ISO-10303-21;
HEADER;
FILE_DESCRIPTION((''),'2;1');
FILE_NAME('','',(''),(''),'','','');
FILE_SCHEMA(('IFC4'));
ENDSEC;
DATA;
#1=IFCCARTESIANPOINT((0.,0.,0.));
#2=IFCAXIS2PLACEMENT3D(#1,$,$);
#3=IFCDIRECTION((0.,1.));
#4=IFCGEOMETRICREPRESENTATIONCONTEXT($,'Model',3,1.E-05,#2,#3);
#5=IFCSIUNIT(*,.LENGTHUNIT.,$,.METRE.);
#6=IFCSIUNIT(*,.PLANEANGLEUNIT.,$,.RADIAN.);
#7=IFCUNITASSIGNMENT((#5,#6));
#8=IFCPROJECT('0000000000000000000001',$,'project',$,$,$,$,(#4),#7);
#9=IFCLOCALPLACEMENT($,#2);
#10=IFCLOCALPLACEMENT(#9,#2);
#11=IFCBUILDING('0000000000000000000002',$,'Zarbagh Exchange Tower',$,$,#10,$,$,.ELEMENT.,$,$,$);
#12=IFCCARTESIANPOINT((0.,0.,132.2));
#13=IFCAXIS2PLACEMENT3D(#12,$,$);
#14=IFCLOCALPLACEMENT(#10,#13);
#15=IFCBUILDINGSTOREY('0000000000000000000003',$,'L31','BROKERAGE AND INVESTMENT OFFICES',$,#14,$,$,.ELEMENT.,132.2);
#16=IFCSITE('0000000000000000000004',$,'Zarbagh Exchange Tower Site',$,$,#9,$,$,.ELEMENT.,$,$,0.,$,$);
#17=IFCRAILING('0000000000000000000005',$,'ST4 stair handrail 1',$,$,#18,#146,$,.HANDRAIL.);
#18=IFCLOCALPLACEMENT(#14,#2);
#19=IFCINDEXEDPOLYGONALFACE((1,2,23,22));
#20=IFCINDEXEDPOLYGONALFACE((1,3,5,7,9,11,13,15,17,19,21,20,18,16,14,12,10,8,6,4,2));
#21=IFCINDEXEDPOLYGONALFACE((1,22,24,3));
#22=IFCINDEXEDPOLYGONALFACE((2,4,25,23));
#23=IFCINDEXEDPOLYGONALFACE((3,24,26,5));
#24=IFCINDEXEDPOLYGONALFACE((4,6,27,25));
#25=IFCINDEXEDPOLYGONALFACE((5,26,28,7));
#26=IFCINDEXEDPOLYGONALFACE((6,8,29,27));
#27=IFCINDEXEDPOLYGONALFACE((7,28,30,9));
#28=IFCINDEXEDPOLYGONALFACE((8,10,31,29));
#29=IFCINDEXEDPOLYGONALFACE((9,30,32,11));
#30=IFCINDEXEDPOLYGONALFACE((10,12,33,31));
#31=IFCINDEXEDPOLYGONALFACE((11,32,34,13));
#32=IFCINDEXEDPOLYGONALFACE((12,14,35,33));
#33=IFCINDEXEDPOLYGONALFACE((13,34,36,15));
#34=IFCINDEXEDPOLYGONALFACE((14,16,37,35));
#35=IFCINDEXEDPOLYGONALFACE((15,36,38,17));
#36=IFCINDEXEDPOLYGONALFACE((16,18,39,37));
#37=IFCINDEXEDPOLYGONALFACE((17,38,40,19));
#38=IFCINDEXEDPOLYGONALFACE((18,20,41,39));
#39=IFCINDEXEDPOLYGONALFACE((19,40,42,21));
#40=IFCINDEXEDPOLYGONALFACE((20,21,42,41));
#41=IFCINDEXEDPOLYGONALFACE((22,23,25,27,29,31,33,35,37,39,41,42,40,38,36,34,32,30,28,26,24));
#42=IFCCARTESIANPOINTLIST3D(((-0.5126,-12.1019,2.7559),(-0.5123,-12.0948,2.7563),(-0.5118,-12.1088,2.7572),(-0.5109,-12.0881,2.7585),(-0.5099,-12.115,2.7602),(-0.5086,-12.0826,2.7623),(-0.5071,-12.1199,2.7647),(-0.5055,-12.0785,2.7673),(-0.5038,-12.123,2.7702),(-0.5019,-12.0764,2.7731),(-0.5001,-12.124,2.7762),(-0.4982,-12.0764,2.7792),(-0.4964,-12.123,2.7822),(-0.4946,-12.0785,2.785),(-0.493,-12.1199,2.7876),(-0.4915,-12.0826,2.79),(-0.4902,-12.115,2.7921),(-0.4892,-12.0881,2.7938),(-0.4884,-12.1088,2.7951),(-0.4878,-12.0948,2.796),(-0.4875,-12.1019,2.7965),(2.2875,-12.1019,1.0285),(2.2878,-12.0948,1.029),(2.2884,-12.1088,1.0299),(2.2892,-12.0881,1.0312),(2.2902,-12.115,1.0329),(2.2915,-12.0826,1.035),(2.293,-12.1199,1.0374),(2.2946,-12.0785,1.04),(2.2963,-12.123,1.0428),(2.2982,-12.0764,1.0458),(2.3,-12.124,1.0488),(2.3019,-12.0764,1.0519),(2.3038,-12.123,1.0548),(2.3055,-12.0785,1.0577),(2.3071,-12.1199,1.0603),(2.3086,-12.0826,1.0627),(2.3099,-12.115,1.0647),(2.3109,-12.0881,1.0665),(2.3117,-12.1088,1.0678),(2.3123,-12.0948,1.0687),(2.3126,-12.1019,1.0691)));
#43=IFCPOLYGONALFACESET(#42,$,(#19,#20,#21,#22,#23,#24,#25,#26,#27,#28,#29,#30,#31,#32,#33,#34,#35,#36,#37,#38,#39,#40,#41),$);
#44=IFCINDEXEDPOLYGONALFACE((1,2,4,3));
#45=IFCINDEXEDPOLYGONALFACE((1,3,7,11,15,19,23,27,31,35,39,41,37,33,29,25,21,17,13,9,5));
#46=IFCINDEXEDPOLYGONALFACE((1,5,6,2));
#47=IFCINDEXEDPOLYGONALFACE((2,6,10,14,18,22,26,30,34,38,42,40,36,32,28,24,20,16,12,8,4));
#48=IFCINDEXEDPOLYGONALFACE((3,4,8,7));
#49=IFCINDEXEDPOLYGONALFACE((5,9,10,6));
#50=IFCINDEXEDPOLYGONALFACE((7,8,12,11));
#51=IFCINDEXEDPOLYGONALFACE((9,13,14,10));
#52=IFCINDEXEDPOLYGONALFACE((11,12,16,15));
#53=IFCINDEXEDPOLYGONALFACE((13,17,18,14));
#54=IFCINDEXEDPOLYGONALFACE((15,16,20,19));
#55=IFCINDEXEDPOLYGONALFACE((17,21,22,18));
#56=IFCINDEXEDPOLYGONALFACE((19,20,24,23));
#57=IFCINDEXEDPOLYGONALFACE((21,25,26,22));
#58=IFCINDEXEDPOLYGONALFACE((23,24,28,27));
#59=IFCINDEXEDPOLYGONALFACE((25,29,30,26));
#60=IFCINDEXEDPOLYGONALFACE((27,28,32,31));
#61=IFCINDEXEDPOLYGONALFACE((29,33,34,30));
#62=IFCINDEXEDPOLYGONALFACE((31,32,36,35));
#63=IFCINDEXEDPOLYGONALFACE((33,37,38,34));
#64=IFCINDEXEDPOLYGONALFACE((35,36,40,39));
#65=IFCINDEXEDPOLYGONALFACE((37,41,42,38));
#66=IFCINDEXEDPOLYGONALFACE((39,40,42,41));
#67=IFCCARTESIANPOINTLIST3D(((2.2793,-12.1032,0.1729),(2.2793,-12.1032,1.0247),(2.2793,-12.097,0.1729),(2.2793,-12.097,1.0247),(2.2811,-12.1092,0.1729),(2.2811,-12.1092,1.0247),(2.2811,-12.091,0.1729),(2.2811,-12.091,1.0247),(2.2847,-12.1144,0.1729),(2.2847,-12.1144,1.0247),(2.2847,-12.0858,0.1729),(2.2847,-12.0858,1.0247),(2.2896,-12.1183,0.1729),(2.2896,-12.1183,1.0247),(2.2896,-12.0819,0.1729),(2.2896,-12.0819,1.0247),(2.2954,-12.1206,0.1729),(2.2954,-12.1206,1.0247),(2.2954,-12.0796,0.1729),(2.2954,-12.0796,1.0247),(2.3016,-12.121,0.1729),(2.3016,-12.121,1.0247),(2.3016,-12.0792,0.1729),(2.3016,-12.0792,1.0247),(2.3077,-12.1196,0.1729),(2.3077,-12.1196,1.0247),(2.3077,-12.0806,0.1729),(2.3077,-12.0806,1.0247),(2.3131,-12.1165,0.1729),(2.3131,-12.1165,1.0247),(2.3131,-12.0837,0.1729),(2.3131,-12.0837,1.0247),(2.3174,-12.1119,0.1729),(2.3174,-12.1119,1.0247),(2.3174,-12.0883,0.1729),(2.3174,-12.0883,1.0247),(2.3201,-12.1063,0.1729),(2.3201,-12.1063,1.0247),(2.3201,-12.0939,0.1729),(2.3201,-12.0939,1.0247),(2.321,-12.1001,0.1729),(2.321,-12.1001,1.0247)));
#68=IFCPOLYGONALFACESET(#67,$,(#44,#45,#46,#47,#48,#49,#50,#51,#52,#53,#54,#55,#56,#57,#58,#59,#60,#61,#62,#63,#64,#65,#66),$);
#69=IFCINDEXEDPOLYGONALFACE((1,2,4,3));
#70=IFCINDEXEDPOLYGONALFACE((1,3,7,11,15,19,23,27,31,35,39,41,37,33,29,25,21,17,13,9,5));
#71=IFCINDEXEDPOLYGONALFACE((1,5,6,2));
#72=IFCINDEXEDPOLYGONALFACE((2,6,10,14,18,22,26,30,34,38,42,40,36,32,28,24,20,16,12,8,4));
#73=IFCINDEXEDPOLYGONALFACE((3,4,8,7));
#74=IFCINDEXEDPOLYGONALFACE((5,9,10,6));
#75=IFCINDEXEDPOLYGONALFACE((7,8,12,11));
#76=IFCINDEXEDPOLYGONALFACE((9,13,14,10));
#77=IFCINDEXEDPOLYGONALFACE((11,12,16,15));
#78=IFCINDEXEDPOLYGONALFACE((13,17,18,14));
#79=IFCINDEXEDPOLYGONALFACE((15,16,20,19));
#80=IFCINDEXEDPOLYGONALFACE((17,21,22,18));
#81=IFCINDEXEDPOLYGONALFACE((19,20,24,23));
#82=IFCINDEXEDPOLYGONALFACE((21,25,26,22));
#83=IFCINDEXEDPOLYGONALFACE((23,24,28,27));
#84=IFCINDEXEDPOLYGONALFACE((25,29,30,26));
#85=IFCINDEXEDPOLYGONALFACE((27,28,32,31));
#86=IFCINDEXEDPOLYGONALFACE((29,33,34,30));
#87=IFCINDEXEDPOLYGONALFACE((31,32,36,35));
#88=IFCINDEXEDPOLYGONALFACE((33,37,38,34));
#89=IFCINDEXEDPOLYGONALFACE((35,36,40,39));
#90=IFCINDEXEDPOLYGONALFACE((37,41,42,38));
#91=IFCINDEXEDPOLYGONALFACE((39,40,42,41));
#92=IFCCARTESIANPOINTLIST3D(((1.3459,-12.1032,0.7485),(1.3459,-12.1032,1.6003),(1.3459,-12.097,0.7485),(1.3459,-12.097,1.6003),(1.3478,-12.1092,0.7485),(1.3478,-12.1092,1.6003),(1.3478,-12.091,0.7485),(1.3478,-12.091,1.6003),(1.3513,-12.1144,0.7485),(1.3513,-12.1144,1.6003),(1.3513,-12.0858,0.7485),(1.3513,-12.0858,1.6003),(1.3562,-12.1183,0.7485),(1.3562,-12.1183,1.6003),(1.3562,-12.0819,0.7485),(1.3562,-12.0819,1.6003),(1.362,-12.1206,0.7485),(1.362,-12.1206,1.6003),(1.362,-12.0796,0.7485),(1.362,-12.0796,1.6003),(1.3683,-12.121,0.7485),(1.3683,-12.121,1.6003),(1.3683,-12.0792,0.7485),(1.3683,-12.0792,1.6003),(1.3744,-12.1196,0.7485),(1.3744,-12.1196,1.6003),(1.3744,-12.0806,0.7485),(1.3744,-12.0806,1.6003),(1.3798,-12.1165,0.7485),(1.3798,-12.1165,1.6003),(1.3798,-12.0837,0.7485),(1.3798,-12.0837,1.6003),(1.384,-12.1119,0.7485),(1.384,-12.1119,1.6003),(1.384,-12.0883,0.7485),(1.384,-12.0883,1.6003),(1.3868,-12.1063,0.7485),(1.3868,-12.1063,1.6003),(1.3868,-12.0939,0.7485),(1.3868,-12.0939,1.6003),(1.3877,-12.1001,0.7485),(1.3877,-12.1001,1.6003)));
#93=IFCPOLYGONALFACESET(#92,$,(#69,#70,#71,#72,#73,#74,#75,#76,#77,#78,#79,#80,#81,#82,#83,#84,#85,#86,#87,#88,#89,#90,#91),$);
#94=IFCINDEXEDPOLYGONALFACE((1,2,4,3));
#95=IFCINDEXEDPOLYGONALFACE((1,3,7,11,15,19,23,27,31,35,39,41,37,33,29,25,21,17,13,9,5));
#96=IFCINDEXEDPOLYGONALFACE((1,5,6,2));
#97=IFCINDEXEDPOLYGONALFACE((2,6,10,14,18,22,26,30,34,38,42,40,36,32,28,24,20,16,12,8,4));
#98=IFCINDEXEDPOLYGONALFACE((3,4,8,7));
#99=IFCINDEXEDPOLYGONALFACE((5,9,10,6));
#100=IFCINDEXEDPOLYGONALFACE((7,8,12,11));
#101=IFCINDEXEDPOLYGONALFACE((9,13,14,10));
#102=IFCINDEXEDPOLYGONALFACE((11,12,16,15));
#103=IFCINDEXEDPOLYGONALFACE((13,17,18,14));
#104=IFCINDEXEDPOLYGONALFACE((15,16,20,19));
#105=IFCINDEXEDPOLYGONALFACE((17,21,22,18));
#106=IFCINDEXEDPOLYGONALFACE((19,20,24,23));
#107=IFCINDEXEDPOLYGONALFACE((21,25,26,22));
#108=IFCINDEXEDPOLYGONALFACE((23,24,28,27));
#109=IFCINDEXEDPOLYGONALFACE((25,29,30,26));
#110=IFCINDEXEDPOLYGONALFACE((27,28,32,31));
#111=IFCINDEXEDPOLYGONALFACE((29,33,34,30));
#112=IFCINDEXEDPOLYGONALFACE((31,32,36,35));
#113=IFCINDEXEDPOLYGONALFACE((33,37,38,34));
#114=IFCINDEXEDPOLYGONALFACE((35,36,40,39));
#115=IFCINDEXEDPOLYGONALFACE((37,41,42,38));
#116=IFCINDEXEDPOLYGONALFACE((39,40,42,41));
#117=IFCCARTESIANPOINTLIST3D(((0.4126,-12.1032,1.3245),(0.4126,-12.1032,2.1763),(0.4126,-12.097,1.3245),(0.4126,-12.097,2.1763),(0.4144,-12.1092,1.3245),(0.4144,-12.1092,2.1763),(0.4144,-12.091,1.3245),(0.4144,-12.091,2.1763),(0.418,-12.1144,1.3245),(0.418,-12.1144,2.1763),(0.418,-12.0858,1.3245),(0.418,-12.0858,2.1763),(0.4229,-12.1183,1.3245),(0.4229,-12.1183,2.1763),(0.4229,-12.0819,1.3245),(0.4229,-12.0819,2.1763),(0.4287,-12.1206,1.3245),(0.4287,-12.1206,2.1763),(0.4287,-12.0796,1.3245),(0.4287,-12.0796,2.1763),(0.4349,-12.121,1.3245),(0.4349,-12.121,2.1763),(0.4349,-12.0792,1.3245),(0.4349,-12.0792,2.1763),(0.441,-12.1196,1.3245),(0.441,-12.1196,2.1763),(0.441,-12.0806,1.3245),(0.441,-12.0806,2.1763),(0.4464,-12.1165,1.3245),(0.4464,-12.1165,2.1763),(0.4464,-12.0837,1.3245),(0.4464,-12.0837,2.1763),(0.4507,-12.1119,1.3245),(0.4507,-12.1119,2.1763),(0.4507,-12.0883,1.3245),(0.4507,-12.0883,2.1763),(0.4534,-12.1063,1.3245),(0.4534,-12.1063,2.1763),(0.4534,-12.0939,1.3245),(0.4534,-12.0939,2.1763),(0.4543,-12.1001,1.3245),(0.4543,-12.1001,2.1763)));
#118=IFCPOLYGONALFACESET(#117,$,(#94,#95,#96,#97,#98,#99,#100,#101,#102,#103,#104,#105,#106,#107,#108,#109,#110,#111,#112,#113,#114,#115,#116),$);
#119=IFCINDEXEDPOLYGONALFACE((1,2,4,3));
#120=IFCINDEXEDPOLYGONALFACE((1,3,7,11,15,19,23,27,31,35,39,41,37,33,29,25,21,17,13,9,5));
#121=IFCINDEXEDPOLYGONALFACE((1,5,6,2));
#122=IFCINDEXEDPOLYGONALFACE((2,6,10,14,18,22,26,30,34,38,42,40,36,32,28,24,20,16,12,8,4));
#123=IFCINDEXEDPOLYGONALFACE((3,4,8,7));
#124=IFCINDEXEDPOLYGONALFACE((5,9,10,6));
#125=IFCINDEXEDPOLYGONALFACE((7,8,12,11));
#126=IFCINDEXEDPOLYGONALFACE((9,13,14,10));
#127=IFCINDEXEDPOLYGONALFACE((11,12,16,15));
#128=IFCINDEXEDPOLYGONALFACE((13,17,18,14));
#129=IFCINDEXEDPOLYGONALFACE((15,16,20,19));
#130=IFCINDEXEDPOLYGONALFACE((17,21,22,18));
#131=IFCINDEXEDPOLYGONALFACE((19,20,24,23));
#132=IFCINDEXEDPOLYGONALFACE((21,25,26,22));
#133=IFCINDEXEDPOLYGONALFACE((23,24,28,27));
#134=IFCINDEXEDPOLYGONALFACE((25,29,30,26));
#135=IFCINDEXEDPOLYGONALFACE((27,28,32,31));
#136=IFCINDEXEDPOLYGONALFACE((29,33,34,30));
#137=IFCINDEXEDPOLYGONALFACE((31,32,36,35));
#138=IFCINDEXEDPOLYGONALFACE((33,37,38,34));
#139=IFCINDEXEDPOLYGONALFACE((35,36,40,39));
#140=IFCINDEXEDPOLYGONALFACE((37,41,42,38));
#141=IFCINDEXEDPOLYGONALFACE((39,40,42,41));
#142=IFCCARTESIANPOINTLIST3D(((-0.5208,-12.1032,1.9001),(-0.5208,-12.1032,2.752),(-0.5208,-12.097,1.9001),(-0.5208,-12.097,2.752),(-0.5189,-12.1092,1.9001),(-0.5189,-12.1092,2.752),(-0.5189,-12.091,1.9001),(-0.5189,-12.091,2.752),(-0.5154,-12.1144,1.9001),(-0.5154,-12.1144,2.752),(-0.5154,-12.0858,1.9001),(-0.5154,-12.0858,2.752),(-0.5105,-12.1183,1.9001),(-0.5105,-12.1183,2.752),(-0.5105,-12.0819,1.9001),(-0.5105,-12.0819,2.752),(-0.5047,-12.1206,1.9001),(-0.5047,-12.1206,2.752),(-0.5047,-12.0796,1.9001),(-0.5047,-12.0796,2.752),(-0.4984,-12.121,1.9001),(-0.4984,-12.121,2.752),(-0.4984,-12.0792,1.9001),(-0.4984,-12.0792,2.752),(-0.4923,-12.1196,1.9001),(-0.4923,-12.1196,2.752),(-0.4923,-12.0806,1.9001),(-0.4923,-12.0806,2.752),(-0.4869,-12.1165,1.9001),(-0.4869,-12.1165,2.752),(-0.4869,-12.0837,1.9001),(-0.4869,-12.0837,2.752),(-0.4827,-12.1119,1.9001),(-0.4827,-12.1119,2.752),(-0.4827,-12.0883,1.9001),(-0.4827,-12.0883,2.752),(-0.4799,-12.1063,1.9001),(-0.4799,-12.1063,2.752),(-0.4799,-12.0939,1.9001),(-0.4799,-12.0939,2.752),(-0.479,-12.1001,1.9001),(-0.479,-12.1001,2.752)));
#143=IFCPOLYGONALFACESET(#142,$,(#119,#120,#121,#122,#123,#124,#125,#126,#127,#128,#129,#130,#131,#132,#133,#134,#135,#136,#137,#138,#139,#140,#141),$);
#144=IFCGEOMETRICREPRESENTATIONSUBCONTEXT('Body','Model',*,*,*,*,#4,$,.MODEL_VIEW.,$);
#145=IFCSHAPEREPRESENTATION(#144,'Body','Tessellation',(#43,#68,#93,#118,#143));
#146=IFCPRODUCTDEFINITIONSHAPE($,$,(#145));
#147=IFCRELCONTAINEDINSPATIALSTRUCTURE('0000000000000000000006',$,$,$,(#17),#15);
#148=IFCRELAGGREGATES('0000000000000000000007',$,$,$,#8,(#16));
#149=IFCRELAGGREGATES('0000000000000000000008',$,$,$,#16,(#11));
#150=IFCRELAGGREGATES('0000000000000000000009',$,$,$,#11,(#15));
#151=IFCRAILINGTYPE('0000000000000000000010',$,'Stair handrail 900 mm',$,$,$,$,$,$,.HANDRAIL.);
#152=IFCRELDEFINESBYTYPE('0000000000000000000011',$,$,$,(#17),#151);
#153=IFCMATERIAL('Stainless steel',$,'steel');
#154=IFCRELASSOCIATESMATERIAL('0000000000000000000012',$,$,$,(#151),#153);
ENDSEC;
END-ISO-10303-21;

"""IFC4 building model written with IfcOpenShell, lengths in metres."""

from ifc_helpers import new_model, si_unit, direction, frame, origin, origin_2d, place, context, subcontext, project, spatial, circle, extrude, material, type_object, element, save


model = new_model("IFC4")

# Units and contexts
model_context = context("Model", 3, precision=1e-05, world=origin(), true_north=direction((0.0, 1.0)))
body_context = subcontext(model_context, "Body", "Model", "MODEL_VIEW")
ifc_project = project(units=[si_unit("LENGTHUNIT", "METRE"), si_unit("PLANEANGLEUNIT", "RADIAN")], contexts=[model_context])

# Site, building, storey
site_placement = place(None, origin())
site = spatial("IfcSite", under=ifc_project, at=site_placement, Name="Zarbagh Exchange Tower Site", CompositionType="ELEMENT", RefElevation=0.0)
building_placement = place(site_placement, origin())
building = spatial("IfcBuilding", under=site, at=building_placement, Name="Zarbagh Exchange Tower", CompositionType="ELEMENT")
storey_placement = place(building_placement, frame((0.0, 0.0, 132.2)))
storey = spatial("IfcBuildingStorey", under=building, at=storey_placement, Name="L31", Description="BROKERAGE AND INVESTMENT OFFICES", CompositionType="ELEMENT", Elevation=132.2)

# Railing
ifc_material_1 = material(Name="Stainless steel", Category="steel")
railing_type = type_object("IfcRailingType", Name="Stair handrail 900 mm", PredefinedType="HANDRAIL", material=ifc_material_1)
railing_placement = place(storey_placement, frame((2.3, -12.1001, 0.1729)))
element("IfcRailing", 1, at=railing_placement, inside=storey, type_object=railing_type, Name="ST4 stair handrail 1", PredefinedType="HANDRAIL", context=body_context, shape_type="SweptSolid", body=[
    extrude(circle(Radius=0.0239, at=origin_2d()), frame((0.0, 0.0, 0.876), z_axis=(-0.85109, 0.0, 0.52502), x_axis=(0.0, -1.0, 0.0)), (0.0, 0.0, 1.0), 3.29),
    extrude(circle(Radius=0.021, at=origin_2d()), origin(), (0.0, 0.0, 1.0), 0.8518),
    extrude(circle(Radius=0.021, at=origin_2d()), frame((-0.9333, 0.0, 0.5757)), (0.0, 0.0, 1.0), 0.8518),
    extrude(circle(Radius=0.021, at=origin_2d()), frame((-1.8667, 0.0, 1.1516)), (0.0, 0.0, 1.0), 0.8518),
    extrude(circle(Radius=0.021, at=origin_2d()), frame((-2.8, 0.0, 1.7273)), (0.0, 0.0, 1.0), 0.8518),
])

save(model, "model.ifc")
